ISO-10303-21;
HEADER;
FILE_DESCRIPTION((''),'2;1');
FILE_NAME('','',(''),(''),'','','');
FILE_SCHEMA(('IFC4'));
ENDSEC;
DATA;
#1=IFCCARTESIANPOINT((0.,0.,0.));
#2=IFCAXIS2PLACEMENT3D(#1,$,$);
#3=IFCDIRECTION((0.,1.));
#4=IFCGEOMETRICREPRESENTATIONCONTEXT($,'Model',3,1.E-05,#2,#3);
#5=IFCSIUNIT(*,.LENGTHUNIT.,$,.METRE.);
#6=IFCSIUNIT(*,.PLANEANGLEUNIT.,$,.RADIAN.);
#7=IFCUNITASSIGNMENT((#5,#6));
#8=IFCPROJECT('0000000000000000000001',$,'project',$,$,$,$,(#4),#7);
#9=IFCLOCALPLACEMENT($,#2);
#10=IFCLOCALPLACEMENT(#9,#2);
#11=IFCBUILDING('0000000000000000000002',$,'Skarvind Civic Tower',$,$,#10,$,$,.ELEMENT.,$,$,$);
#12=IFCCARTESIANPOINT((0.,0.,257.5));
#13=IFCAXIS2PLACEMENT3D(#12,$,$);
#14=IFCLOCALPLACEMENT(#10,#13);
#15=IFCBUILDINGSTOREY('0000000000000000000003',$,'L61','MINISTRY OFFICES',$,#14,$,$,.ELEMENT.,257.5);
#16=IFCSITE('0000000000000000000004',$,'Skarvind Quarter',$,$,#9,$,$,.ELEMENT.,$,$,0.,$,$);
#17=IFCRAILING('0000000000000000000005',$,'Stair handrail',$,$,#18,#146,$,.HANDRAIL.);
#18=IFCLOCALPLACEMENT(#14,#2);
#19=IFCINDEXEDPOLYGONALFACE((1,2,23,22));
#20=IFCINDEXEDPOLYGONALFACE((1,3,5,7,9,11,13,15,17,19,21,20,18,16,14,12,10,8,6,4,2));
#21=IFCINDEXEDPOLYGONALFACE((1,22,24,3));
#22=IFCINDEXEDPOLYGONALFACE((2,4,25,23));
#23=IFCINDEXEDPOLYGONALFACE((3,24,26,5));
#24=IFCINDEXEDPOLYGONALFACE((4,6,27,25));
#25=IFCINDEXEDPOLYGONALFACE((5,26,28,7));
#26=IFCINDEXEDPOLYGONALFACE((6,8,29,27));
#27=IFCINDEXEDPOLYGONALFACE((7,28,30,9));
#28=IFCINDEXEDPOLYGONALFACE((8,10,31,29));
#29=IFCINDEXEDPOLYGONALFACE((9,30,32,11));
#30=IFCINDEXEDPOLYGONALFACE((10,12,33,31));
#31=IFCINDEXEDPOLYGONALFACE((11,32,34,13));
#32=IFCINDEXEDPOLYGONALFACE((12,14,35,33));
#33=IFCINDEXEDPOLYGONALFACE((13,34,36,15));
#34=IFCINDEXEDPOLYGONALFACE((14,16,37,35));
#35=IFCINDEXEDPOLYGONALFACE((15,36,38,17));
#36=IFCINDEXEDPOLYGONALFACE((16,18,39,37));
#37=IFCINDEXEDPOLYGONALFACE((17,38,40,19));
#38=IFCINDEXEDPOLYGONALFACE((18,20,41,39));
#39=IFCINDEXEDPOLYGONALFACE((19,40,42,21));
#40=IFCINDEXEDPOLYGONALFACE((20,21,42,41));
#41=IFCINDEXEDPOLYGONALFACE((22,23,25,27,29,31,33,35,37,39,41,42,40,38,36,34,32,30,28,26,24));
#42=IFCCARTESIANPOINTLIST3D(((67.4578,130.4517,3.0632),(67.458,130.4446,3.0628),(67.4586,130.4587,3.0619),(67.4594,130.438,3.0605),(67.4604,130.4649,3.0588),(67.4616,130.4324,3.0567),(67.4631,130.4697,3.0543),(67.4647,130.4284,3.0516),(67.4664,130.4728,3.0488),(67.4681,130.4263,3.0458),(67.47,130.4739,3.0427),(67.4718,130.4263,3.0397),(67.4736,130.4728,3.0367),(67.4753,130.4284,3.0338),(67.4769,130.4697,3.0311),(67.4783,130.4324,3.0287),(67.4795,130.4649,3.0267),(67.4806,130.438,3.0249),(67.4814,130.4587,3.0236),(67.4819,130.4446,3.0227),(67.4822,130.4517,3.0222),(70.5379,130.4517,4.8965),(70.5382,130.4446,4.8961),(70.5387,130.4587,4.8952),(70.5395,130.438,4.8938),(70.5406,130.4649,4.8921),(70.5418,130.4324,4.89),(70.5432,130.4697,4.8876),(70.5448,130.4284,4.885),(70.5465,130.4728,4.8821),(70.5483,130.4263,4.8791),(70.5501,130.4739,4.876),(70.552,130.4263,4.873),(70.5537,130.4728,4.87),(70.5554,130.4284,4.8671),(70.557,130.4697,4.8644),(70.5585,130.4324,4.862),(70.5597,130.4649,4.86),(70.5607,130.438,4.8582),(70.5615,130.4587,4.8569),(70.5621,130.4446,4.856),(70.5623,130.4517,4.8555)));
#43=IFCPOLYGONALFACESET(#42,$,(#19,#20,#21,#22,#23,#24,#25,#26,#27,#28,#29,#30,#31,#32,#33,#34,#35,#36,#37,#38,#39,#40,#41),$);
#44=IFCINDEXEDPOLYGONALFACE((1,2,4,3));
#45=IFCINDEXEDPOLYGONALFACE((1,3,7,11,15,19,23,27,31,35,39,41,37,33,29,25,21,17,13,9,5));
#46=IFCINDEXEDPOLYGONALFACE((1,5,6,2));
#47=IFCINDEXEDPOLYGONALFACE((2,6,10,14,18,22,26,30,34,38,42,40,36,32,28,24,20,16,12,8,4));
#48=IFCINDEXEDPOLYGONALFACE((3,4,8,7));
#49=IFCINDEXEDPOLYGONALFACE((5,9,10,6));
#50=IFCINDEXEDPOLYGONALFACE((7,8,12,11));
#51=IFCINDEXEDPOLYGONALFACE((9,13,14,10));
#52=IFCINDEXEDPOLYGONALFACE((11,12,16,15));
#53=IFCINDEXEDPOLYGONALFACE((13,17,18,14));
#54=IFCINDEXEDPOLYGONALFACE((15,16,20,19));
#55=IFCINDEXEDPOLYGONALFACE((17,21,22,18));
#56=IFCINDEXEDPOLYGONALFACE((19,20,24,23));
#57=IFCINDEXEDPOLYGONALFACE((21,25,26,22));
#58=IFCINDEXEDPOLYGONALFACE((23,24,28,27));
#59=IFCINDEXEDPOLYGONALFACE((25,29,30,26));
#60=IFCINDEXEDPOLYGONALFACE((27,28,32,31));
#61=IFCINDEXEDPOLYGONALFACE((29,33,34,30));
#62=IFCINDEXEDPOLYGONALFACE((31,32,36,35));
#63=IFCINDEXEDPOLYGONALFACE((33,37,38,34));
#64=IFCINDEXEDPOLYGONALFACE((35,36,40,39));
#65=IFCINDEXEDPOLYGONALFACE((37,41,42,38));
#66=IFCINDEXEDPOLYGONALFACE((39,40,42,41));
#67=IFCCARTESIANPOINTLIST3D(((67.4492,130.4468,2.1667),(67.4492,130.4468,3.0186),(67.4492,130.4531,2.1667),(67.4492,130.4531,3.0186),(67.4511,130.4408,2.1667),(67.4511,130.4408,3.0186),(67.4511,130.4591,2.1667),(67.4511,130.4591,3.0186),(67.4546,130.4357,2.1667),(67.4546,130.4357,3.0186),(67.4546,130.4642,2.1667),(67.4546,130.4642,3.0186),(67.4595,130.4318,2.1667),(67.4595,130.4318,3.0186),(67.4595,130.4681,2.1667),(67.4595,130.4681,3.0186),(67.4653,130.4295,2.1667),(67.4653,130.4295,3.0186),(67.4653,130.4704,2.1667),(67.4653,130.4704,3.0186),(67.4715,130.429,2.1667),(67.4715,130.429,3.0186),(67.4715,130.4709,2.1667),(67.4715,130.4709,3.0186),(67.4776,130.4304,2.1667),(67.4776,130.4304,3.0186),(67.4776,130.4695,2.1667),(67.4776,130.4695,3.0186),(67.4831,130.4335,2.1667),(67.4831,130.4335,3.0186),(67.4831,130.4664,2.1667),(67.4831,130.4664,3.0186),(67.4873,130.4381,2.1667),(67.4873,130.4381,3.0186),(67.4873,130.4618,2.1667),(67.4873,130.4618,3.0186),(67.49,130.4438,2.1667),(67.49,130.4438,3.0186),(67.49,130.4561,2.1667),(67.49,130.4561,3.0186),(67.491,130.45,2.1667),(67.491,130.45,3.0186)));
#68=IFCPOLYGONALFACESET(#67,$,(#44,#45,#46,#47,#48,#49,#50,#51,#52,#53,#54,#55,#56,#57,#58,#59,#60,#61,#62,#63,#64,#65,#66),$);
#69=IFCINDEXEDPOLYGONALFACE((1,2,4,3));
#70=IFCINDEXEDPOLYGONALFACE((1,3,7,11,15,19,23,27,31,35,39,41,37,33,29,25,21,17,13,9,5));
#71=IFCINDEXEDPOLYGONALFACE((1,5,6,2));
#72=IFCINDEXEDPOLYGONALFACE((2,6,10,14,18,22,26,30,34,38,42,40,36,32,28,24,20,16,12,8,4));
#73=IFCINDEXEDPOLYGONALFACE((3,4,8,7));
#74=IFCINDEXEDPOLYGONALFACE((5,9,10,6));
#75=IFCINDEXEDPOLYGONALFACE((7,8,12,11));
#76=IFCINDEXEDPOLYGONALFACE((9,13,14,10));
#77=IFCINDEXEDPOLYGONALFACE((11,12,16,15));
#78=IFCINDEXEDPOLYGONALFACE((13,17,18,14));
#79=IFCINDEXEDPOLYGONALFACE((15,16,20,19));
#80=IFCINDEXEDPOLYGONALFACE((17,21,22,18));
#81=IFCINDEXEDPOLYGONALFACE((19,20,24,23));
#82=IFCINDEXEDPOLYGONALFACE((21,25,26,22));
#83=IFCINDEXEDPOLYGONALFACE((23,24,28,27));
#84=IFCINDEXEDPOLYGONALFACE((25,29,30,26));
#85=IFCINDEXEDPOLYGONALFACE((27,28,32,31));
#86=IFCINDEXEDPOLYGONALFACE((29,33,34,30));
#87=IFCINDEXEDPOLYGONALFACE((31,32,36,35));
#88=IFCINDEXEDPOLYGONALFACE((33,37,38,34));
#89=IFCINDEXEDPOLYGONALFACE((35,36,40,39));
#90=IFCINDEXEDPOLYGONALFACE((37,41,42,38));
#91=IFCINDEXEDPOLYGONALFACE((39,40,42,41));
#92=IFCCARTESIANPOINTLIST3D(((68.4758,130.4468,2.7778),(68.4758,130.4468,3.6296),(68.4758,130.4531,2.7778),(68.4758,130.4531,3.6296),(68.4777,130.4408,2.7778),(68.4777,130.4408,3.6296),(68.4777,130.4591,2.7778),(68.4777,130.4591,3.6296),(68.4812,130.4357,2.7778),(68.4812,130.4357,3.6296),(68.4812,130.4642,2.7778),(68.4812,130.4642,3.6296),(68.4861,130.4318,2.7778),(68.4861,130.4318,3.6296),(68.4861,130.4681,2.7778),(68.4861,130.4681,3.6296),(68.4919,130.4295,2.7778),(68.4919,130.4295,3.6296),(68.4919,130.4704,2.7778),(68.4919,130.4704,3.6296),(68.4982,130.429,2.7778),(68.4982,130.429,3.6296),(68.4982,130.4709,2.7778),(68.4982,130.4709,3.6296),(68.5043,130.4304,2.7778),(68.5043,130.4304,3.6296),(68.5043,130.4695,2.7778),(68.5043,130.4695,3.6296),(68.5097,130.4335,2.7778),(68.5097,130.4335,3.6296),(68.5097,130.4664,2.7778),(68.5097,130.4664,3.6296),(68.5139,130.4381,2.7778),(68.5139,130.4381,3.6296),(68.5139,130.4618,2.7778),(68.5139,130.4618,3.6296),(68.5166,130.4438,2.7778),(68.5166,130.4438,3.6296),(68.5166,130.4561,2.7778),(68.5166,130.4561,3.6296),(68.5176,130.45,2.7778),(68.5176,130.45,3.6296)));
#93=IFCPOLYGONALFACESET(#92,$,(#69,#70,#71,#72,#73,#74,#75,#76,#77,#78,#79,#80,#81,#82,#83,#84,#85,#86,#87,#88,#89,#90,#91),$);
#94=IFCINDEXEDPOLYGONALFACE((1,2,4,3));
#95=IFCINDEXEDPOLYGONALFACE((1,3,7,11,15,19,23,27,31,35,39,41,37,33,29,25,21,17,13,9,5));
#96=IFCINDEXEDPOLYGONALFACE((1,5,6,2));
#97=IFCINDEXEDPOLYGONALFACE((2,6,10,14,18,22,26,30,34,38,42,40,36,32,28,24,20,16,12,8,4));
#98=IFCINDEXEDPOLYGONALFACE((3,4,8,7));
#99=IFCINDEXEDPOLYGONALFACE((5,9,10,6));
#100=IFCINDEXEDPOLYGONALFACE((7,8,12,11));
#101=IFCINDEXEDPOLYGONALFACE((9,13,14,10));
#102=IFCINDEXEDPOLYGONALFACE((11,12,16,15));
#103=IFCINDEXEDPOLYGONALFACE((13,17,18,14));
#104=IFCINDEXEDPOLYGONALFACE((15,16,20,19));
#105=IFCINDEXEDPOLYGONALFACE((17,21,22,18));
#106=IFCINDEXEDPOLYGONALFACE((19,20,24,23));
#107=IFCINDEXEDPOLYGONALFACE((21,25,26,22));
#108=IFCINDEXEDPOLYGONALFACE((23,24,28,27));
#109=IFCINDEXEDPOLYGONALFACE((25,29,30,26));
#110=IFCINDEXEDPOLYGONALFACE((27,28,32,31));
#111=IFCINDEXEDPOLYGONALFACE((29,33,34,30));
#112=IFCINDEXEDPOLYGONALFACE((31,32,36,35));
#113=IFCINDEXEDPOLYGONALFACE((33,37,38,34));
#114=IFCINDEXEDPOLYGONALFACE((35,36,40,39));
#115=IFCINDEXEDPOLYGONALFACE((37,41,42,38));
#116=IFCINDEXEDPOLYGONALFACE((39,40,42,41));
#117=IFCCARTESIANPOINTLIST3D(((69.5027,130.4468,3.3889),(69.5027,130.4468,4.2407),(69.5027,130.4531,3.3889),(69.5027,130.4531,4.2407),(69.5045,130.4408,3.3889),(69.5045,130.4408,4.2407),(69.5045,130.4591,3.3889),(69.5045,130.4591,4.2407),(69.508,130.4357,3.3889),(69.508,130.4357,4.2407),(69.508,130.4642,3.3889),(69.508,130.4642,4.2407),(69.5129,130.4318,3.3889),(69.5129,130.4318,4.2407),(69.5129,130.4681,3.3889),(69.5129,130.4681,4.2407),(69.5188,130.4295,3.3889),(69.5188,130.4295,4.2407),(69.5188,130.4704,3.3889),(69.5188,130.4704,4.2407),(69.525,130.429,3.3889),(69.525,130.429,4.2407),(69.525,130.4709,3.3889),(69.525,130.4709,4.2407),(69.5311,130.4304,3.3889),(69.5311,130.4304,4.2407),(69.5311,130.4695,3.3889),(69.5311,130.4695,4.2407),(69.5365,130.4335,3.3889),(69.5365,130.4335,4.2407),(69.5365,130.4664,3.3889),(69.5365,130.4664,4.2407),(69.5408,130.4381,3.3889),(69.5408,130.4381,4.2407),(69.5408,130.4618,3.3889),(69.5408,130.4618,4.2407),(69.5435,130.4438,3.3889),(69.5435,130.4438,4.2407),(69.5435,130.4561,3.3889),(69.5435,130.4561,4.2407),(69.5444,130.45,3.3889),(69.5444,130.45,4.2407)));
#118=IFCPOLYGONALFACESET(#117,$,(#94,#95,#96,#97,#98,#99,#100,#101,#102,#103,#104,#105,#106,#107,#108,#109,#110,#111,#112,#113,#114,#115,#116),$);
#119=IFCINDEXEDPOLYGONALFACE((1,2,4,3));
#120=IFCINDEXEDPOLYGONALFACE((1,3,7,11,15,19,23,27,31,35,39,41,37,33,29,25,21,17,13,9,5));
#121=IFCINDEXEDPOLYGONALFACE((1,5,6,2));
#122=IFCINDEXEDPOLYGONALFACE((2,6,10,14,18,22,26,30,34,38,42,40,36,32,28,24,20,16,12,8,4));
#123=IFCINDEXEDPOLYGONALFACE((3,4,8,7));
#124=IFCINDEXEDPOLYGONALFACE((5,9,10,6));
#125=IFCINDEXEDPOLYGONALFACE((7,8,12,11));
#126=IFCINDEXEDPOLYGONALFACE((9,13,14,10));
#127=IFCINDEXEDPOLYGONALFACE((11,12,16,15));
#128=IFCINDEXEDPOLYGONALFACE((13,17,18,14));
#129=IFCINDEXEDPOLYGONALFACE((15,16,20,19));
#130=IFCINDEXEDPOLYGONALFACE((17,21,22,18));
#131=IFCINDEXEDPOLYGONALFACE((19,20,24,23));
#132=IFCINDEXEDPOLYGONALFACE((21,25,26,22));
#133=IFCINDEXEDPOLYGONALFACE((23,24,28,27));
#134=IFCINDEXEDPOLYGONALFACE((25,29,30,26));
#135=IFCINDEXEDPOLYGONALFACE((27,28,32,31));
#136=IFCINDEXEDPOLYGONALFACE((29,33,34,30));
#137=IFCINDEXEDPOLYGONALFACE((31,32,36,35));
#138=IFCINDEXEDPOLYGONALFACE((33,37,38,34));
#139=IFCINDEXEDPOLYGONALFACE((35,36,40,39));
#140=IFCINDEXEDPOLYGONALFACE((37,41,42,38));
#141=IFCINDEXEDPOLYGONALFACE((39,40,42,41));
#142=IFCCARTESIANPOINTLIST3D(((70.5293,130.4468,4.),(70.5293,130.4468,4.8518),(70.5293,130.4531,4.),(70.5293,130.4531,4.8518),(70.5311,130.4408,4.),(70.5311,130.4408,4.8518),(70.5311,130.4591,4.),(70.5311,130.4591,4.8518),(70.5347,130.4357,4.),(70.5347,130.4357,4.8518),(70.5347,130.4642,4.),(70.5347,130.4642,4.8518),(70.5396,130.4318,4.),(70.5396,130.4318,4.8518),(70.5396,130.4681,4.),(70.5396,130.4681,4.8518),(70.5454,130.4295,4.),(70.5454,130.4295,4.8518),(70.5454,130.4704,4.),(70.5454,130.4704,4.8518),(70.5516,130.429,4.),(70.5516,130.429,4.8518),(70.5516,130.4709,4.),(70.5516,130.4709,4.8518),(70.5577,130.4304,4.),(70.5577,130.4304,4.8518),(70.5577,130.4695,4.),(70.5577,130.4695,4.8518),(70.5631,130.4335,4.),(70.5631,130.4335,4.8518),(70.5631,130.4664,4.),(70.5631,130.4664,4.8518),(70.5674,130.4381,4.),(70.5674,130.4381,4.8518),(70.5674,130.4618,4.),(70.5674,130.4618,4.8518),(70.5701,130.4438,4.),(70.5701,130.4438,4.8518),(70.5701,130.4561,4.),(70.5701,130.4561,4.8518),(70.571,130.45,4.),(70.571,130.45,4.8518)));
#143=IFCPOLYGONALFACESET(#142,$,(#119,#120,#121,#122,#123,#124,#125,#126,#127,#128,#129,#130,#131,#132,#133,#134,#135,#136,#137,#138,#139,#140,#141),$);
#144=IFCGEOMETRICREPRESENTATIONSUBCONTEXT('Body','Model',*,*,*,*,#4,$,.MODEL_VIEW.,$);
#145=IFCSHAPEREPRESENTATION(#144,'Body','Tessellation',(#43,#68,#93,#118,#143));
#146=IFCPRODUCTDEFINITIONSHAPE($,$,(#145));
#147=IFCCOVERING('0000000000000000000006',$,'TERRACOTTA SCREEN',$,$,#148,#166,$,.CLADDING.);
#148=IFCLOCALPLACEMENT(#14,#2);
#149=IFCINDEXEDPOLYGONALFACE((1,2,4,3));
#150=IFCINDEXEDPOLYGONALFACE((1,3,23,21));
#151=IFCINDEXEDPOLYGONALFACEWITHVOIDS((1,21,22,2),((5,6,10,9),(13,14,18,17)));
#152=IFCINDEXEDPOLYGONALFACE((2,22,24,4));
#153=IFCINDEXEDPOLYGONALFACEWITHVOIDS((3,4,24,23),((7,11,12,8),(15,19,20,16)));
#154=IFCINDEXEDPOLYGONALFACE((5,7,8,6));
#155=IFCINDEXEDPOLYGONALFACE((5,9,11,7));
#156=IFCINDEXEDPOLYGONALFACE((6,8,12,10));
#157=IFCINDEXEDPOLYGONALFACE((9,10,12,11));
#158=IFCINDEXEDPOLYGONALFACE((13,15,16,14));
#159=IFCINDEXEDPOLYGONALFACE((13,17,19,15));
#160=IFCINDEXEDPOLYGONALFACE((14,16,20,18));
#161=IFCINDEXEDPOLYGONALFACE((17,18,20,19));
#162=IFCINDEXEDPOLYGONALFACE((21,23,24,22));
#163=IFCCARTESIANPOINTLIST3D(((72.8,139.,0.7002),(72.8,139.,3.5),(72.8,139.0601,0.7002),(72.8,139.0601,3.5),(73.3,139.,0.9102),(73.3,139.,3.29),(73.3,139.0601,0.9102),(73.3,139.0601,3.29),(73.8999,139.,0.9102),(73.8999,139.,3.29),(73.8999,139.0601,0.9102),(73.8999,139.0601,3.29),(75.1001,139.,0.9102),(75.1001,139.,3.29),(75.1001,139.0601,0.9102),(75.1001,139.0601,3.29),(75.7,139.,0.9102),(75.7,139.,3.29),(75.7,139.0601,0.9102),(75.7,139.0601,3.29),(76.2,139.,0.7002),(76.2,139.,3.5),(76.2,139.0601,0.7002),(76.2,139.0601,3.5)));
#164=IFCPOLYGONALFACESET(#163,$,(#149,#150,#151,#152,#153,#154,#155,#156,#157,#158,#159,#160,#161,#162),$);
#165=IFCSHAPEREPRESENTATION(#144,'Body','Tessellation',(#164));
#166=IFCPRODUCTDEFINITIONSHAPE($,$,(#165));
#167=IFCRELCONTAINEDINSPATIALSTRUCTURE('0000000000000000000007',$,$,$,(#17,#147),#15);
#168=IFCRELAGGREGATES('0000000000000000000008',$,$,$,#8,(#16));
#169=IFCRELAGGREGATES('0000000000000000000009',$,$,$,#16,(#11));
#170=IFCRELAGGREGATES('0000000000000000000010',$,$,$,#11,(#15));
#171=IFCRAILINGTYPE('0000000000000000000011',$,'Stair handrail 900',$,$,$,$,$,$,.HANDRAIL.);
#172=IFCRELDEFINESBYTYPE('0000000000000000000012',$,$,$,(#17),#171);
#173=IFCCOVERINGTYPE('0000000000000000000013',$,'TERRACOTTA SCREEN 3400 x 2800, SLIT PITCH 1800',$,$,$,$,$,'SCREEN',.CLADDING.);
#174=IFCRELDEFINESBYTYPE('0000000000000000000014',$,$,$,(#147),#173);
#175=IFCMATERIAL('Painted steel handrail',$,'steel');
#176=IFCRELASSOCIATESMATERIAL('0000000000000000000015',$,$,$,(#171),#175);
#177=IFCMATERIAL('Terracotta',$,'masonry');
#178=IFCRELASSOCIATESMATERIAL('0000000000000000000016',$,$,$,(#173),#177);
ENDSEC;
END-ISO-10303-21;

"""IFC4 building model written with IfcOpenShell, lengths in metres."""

from ifc_helpers import new_model, si_unit, direction, frame, origin, origin_2d, place, context, subcontext, project, spatial, polyline, circle, outline, extrude, material, material_profile, profile_set, type_object, element, save


model = new_model("IFC4")

# Units and contexts
model_context = context("Model", 3, precision=1e-05, world=origin(), true_north=direction((0.0, 1.0)))
body_context = subcontext(model_context, "Body", "Model", "MODEL_VIEW")
ifc_project = project(units=[si_unit("LENGTHUNIT", "METRE"), si_unit("PLANEANGLEUNIT", "RADIAN")], contexts=[model_context])

# Site, building, storey
site_placement = place(None, origin())
site = spatial("IfcSite", under=ifc_project, at=site_placement, Name="Skarvind Quarter", CompositionType="ELEMENT", RefElevation=0.0)
building_placement = place(site_placement, origin())
building = spatial("IfcBuilding", under=site, at=building_placement, Name="Skarvind Civic Tower", CompositionType="ELEMENT")
storey_placement = place(building_placement, frame((0.0, 0.0, 257.5)))
storey = spatial("IfcBuildingStorey", under=building, at=storey_placement, Name="L61", Description="MINISTRY OFFICES", CompositionType="ELEMENT", Elevation=257.5)

# Railing
ifc_material_1 = material(Name="Painted steel handrail", Category="steel")
railing_type = type_object("IfcRailingType", Name="Stair handrail 900", PredefinedType="HANDRAIL", material=ifc_material_1)
railing_1_placement = place(storey_placement, frame((67.47, 130.45, 2.1667)))
element("IfcRailing", 1, at=railing_1_placement, inside=storey, type_object=railing_type, Name="Stair handrail", PredefinedType="HANDRAIL", context=body_context, shape_type="SweptSolid", body=[
    extrude(circle(Radius=0.0239, at=origin_2d()), frame((0.0, 0.0, 0.876), z_axis=(0.859309, 0.0, 0.511458), x_axis=(0.0, 1.0, 0.0)), (0.0, 0.0, 1.0), 3.5845),
    extrude(circle(Radius=0.021, at=origin_2d()), origin(), (0.0, 0.0, 1.0), 0.8518),
    extrude(circle(Radius=0.021, at=origin_2d()), frame((1.0266, 0.0, 0.6111)), (0.0, 0.0, 1.0), 0.8518),
    extrude(circle(Radius=0.021, at=origin_2d()), frame((2.0535, 0.0, 1.2222)), (0.0, 0.0, 1.0), 0.8518),
    extrude(circle(Radius=0.021, at=origin_2d()), frame((3.0801, 0.0, 1.8333)), (0.0, 0.0, 1.0), 0.8518),
])

# Covering
ifc_material_2 = material(Name="Terracotta", Category="masonry")
ifc_material_profile_1 = material_profile(ifc_material_2, outline(polyline([(-1.7, -1.3999), (1.7, -1.3999), (1.7, 1.3999), (-1.7, 1.3999), (-1.7, -1.3999)]), holes=[polyline([(-1.2, -1.1899), (-0.6001, -1.1899), (-0.6001, 1.1899), (-1.2, 1.1899), (-1.2, -1.1899)]), polyline([(0.6001, -1.1899), (1.2, -1.1899), (1.2, 1.1899), (0.6001, 1.1899), (0.6001, -1.1899)])]), Name="TERRACOTTA SCREEN 3400 x 2800, SLIT PITCH 1800")
ifc_profile_set_1 = profile_set([ifc_material_profile_1], Name="Terracotta")
covering_type = type_object("IfcCoveringType", Name="TERRACOTTA SCREEN 3400 x 2800, SLIT PITCH 1800", ElementType="SCREEN", PredefinedType="CLADDING", material=ifc_profile_set_1)
covering_placement = place(storey_placement, frame((74.5, 139.0, 2.1001), z_axis=(0.0, 1.0, 0.0), x_axis=(-1.0, 0.0, 0.0)))
element("IfcCovering", 2, at=covering_placement, inside=storey, type_object=covering_type, Name="TERRACOTTA SCREEN", PredefinedType="CLADDING", context=body_context, shape_type="SweptSolid", body=[
    extrude(outline(polyline([(-1.7, -1.3999), (1.7, -1.3999), (1.7, 1.3999), (-1.7, 1.3999), (-1.7, -1.3999)]), holes=[polyline([(-1.2, -1.1899), (-0.6001, -1.1899), (-0.6001, 1.1899), (-1.2, 1.1899), (-1.2, -1.1899)]), polyline([(0.6001, -1.1899), (1.2, -1.1899), (1.2, 1.1899), (0.6001, 1.1899), (0.6001, -1.1899)])]), origin(), (0.0, 0.0, 1.0), 0.0601),
])

save(model, "model.ifc")
